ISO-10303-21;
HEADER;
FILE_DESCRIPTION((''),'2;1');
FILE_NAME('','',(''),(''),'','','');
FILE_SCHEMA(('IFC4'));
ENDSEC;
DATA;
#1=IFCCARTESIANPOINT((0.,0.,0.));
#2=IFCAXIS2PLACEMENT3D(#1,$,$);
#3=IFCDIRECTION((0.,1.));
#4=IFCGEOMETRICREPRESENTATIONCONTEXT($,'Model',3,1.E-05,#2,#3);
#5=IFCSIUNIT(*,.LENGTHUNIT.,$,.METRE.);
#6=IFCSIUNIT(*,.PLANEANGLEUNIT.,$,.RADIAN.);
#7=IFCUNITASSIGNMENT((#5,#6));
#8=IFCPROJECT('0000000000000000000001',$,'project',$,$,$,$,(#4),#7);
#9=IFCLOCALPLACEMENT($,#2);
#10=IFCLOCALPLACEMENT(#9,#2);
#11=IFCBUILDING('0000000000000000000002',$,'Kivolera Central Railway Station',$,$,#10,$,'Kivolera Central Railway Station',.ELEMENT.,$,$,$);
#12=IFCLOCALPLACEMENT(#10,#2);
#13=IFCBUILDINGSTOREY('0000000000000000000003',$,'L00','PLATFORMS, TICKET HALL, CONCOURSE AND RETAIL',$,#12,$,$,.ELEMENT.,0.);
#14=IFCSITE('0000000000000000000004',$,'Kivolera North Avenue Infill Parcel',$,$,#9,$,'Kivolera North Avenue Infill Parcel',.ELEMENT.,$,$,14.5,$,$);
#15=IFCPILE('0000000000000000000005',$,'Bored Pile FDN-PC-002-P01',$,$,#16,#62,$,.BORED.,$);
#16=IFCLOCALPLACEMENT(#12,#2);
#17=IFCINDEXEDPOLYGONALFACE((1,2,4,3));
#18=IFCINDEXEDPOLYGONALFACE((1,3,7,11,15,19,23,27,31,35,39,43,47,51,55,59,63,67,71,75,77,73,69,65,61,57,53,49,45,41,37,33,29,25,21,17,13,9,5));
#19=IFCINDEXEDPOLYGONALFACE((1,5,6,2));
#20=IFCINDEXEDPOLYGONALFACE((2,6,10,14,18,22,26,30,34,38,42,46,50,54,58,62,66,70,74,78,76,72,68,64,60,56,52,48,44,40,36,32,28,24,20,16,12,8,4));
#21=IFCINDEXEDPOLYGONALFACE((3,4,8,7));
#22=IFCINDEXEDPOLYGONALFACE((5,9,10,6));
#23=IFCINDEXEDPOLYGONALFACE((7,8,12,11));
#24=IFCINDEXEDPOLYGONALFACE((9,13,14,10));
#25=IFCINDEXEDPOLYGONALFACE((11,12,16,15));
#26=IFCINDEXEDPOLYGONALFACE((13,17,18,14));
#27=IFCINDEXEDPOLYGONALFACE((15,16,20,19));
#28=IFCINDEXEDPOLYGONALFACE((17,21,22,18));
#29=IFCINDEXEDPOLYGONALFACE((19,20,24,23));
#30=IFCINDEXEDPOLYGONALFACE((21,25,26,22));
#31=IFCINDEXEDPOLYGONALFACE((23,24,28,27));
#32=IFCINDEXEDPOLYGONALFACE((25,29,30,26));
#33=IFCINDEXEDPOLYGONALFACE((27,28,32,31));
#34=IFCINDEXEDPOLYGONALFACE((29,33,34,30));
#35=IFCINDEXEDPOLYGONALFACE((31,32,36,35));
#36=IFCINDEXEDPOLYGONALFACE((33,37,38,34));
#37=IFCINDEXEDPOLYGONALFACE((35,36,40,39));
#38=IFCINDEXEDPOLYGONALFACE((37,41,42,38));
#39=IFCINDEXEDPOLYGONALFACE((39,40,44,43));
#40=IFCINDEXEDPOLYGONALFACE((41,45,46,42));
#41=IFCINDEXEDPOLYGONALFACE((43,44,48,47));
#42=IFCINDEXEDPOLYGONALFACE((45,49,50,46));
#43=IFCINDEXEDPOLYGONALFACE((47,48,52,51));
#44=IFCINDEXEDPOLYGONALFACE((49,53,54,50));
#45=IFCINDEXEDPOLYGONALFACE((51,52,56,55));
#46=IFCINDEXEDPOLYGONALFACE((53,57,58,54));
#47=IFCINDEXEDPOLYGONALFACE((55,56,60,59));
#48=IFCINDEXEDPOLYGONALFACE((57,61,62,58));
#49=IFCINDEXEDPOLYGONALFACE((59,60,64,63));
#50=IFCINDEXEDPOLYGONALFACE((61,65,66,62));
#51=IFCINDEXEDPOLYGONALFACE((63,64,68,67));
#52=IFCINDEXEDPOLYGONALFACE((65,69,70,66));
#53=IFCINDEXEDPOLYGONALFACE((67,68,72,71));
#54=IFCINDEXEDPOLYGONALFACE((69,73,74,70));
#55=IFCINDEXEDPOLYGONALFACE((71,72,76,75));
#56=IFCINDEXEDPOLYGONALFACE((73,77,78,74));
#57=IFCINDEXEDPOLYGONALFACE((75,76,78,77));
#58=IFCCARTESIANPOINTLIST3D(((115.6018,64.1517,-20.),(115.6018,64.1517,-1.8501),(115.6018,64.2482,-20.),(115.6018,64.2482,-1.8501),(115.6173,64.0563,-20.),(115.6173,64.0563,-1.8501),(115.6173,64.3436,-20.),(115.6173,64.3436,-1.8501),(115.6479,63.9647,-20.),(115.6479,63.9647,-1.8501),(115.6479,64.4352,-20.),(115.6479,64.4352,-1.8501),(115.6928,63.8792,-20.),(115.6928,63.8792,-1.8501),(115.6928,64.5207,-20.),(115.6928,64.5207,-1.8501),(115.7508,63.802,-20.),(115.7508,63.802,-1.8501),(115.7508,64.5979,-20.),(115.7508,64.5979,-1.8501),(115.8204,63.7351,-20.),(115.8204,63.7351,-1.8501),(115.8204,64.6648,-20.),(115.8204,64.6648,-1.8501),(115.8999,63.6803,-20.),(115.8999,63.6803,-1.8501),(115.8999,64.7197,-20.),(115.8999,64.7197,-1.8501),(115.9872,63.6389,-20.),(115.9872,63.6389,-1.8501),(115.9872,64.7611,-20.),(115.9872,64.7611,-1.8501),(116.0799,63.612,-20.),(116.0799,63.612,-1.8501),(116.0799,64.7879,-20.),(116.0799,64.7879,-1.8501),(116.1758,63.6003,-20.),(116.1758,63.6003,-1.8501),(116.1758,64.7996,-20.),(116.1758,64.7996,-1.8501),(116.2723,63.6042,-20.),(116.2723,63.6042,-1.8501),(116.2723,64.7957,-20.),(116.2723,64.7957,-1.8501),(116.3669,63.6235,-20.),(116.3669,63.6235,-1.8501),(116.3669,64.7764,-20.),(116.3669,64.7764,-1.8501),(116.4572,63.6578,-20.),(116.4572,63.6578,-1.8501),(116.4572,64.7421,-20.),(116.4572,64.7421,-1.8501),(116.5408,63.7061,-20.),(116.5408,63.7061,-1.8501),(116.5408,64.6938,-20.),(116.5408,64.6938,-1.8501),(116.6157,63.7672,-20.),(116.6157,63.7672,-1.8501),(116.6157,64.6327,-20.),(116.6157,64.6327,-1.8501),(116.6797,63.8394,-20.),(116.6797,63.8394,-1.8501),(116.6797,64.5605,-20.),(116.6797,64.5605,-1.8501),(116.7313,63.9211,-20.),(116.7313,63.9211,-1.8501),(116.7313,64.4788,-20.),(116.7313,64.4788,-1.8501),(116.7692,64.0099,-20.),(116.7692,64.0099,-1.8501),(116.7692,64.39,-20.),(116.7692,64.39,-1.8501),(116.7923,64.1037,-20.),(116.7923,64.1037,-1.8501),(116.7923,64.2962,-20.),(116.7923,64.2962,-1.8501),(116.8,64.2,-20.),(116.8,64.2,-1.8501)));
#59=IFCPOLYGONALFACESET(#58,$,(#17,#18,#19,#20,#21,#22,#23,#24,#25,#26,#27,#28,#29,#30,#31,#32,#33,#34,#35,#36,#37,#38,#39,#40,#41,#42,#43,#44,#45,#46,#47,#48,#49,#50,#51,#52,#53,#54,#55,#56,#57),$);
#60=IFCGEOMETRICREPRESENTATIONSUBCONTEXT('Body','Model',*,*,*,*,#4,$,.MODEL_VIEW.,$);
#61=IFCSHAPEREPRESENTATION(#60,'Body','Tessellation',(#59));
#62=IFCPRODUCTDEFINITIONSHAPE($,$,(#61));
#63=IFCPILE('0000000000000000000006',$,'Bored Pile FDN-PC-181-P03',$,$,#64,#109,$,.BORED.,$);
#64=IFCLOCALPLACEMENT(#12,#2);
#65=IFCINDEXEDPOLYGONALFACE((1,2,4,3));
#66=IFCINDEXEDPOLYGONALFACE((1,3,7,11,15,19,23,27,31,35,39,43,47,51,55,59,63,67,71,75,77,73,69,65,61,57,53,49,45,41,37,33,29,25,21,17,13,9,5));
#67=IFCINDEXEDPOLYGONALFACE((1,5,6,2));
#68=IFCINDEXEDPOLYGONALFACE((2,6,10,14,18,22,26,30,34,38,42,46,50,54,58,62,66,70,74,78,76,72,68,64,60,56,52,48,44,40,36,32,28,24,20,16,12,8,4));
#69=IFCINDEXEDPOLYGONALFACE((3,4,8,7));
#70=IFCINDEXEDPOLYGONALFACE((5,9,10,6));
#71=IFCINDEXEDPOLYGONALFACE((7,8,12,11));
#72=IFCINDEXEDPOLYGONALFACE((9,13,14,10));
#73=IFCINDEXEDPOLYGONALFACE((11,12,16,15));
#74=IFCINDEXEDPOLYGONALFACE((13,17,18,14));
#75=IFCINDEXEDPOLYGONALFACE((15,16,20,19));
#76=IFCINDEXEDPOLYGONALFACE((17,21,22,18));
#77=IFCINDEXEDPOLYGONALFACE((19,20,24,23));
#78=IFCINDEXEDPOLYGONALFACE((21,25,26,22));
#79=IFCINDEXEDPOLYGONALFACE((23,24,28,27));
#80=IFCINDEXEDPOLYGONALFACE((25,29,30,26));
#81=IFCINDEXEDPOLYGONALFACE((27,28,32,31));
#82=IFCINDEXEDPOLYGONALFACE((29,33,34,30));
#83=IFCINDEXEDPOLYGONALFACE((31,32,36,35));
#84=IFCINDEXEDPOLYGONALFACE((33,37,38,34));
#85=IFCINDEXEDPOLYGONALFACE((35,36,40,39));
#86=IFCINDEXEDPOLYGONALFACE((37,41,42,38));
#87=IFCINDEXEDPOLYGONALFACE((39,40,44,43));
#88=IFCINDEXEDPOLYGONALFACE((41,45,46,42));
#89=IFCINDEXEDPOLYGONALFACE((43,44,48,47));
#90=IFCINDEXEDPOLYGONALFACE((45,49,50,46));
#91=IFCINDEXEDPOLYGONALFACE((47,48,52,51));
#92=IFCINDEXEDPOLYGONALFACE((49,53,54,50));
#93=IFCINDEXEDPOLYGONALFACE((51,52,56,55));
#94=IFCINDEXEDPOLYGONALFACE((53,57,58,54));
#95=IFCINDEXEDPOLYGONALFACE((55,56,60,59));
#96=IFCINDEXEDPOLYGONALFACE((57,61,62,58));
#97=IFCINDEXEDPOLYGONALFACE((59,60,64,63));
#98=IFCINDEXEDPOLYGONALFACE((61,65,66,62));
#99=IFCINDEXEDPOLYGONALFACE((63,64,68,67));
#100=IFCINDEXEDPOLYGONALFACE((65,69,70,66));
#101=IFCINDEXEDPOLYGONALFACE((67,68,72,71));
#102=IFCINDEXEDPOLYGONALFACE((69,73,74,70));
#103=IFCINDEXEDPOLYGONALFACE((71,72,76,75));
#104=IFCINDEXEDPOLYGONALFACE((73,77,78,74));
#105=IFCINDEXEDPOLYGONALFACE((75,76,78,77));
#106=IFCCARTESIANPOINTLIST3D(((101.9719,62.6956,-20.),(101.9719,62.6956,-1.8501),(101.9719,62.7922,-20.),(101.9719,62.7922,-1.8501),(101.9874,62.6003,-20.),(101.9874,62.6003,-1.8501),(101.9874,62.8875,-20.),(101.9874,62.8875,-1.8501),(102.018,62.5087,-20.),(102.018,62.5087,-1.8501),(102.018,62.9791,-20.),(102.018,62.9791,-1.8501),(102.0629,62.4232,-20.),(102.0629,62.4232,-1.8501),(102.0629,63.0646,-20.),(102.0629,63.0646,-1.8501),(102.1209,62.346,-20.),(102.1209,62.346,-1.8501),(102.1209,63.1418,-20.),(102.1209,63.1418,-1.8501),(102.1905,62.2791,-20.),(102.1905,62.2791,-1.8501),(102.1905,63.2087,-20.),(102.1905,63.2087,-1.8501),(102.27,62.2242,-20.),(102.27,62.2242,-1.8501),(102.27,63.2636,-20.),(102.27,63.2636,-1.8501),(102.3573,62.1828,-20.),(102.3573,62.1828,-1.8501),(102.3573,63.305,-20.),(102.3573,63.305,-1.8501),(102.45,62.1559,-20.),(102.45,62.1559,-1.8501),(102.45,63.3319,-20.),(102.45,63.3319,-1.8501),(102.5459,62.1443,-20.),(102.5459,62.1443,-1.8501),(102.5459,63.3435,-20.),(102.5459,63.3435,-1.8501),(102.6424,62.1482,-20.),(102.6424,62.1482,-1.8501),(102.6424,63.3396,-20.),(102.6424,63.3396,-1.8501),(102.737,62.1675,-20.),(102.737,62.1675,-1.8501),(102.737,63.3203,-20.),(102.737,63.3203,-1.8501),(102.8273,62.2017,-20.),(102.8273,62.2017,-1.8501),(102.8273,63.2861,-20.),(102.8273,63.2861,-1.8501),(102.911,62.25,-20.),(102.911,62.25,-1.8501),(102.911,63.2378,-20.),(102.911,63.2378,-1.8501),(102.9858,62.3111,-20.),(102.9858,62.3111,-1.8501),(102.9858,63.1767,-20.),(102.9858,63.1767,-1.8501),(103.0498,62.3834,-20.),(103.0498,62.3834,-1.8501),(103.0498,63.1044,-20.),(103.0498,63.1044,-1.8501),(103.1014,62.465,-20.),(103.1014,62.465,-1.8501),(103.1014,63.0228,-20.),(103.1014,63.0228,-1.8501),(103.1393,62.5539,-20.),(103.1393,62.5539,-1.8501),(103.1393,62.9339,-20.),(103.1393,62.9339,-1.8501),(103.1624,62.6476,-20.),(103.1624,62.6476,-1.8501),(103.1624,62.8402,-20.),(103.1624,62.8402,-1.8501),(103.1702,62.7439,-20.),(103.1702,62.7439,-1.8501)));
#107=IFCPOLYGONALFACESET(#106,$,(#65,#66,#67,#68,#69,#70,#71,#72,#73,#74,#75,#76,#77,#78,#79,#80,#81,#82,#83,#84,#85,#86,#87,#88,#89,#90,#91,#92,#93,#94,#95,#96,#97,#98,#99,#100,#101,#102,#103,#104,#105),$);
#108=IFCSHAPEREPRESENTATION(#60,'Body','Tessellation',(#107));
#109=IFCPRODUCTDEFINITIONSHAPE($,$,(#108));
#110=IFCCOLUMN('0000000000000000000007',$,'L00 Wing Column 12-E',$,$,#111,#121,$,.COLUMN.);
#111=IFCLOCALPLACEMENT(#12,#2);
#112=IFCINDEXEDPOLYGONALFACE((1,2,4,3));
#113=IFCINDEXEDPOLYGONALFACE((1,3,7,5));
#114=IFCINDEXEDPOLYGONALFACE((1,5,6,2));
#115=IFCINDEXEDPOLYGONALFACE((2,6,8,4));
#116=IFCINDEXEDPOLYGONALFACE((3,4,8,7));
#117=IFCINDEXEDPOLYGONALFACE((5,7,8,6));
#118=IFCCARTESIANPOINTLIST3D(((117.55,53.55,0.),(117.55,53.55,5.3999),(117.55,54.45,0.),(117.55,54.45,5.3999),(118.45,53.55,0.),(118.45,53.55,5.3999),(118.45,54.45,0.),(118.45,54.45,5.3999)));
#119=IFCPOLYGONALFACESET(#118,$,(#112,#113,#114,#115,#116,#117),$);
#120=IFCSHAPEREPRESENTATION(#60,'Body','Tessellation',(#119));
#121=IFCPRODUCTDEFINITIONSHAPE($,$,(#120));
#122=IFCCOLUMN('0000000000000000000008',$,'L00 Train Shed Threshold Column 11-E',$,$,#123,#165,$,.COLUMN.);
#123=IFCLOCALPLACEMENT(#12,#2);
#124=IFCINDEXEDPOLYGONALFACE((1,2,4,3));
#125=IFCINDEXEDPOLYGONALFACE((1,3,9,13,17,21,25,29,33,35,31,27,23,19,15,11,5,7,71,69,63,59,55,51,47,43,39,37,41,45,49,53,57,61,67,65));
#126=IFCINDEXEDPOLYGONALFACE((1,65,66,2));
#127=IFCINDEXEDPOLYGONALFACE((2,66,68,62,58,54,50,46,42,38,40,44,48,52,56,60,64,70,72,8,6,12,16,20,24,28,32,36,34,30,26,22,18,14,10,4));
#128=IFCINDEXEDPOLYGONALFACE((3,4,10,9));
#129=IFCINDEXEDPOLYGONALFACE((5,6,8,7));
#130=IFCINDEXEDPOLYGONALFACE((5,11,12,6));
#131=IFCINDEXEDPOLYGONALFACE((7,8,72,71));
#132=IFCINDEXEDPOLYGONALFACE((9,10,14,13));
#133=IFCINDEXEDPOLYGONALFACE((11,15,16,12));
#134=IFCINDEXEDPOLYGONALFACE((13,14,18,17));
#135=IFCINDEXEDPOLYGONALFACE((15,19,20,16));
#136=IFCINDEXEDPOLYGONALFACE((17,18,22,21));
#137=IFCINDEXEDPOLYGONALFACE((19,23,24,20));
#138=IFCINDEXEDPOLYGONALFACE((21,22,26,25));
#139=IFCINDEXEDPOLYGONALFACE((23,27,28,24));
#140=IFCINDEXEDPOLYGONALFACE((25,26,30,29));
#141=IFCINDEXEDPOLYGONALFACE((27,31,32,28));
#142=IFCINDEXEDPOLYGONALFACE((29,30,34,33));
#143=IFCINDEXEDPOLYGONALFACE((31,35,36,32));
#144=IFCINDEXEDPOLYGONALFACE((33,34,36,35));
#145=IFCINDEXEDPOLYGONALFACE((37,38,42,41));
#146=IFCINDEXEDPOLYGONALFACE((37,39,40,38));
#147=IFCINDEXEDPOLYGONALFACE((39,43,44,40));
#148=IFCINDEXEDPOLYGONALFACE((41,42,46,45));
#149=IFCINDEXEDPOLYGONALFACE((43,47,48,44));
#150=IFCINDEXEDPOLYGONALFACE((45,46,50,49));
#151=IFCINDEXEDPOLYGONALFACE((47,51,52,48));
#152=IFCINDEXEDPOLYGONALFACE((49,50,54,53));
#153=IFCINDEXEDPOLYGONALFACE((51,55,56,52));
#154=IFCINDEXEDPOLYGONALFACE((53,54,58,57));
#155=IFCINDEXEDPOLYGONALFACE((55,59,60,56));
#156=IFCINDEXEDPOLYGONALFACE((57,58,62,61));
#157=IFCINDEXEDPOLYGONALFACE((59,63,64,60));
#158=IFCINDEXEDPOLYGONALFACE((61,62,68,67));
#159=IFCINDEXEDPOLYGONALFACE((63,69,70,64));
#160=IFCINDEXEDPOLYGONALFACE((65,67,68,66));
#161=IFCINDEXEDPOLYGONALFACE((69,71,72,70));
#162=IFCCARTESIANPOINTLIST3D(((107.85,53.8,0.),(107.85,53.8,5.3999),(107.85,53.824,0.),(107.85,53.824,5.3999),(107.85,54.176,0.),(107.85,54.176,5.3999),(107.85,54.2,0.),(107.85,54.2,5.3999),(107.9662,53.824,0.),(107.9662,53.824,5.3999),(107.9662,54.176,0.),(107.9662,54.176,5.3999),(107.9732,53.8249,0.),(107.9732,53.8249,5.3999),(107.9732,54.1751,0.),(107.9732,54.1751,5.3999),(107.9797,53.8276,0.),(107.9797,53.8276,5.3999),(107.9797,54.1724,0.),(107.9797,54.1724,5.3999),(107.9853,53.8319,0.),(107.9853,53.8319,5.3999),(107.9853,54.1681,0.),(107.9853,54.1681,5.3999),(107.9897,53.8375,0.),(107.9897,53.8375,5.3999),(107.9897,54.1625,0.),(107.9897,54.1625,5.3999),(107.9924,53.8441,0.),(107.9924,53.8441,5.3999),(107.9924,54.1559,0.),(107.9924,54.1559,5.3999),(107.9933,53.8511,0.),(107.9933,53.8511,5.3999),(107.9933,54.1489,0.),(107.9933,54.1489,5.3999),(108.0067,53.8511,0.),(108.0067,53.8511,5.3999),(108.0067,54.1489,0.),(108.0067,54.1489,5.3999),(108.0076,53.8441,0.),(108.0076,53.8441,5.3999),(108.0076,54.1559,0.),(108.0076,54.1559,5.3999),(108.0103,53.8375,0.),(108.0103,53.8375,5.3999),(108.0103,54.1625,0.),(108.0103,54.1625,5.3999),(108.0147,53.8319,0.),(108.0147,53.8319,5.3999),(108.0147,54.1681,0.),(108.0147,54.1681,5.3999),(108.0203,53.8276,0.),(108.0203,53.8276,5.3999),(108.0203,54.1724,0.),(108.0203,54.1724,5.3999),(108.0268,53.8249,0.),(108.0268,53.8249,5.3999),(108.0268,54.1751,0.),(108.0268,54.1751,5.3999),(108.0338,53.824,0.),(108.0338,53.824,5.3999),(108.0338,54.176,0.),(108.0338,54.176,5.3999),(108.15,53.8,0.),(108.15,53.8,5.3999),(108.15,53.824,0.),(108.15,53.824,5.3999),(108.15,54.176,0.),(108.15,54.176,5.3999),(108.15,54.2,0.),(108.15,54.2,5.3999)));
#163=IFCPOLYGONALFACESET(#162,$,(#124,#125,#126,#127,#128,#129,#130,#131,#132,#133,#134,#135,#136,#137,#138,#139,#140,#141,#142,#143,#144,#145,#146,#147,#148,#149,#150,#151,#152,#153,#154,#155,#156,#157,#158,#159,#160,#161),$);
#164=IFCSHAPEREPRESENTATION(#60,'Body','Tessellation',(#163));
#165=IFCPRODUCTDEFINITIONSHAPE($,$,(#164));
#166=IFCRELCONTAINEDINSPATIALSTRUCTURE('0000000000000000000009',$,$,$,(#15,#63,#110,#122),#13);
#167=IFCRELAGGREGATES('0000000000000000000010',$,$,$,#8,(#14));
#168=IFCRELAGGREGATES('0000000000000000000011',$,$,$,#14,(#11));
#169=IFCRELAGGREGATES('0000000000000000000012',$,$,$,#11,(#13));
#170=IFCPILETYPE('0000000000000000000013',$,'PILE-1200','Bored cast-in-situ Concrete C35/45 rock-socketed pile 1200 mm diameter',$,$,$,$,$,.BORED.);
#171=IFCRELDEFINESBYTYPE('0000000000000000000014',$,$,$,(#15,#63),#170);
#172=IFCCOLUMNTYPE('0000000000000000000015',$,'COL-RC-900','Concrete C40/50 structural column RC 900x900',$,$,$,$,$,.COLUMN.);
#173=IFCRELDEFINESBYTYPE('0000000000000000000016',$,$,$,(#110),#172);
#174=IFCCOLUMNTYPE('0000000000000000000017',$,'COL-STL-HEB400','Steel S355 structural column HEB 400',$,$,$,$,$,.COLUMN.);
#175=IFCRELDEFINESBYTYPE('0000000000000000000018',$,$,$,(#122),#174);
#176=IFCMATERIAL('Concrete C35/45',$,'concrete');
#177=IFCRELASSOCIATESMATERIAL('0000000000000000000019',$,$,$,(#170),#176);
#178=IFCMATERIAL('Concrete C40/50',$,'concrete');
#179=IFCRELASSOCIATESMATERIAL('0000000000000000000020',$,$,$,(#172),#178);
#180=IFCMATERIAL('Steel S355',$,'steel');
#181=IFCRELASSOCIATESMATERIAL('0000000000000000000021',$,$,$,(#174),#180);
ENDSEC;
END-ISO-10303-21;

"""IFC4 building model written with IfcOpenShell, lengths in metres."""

from ifc_helpers import new_model, si_unit, direction, frame, origin, origin_2d, place, context, subcontext, project, spatial, rectangle, circle, i_section, extrude, material, material_profile, profile_set, type_object, element, save


model = new_model("IFC4")

# Units and contexts
model_context = context("Model", 3, precision=1e-05, world=origin(), true_north=direction((0.0, 1.0)))
body_context = subcontext(model_context, "Body", "Model", "MODEL_VIEW")
ifc_project = project(units=[si_unit("LENGTHUNIT", "METRE"), si_unit("PLANEANGLEUNIT", "RADIAN")], contexts=[model_context])

# Site, building, storey
site_placement = place(None, origin())
site = spatial("IfcSite", under=ifc_project, at=site_placement, Name="Kivolera North Avenue Infill Parcel", LongName="Kivolera North Avenue Infill Parcel", CompositionType="ELEMENT", RefElevation=14.5)
building_placement = place(site_placement, origin())
building = spatial("IfcBuilding", under=site, at=building_placement, Name="Kivolera Central Railway Station", LongName="Kivolera Central Railway Station", CompositionType="ELEMENT")
storey_placement = place(building_placement, origin())
storey = spatial("IfcBuildingStorey", under=building, at=storey_placement, Name="L00", Description="PLATFORMS, TICKET HALL, CONCOURSE AND RETAIL", CompositionType="ELEMENT", Elevation=0.0)

# Shared definitions
ifc_material_1 = material(Name="Concrete C35/45", Category="concrete")

# Piles
ifc_material_profile_1 = material_profile(ifc_material_1, circle(Radius=0.6001, at=origin_2d()), Name="PILE D1200")
ifc_profile_set_1 = profile_set([ifc_material_profile_1], Name="Concrete C35/45")
pile_type_1 = type_object("IfcPileType", Name="PILE-1200", Description="Bored cast-in-situ Concrete C35/45 rock-socketed pile 1200 mm diameter", PredefinedType="BORED", material=ifc_profile_set_1)
for number, where, z_axis, x_axis, name in (
    (1, (116.2, 64.2, -1.8501), (0.0, 0.0, -1.0), (1.0, 0.0, 0.0), "Bored Pile FDN-PC-002-P01"),
    (2, (102.5701, 62.7439, -1.8501), (0.0, 0.0, -1.0), (1.0, 0.0, 0.0), "Bored Pile FDN-PC-181-P03"),
):
    element("IfcPile", number, at=place(storey_placement, frame(where, z_axis=z_axis, x_axis=x_axis)), inside=storey, type_object=pile_type_1, Name=name, PredefinedType="BORED", context=body_context, shape_type="SweptSolid", body=[
        extrude(circle(Radius=0.6001, at=origin_2d()), origin(), (0.0, 0.0, 1.0), 18.1499),
    ])

# Columns
ifc_material_2 = material(Name="Concrete C40/50", Category="concrete")
ifc_material_profile_2 = material_profile(ifc_material_2, rectangle(XDim=0.8999, YDim=0.8999, at=origin_2d()), Name="RC 900x900")
ifc_profile_set_2 = profile_set([ifc_material_profile_2], Name="Concrete C40/50")
column_type_1 = type_object("IfcColumnType", Name="COL-RC-900", Description="Concrete C40/50 structural column RC 900x900", PredefinedType="COLUMN", material=ifc_profile_set_2)
column_1_placement = place(storey_placement, frame((118.0, 54.0, 0.0), z_axis=(0.0, 0.0, 1.0), x_axis=(1.0, 0.0, 0.0)))
element("IfcColumn", 3, at=column_1_placement, inside=storey, type_object=column_type_1, Name="L00 Wing Column 12-E", PredefinedType="COLUMN", context=body_context, shape_type="SweptSolid", body=[
    extrude(rectangle(XDim=0.8999, YDim=0.8999, at=origin_2d()), origin(), (0.0, 0.0, 1.0), 5.3999),
])
ifc_material_3 = material(Name="Steel S355", Category="steel")
ifc_material_profile_3 = material_profile(ifc_material_3, i_section(OverallWidth=0.3, OverallDepth=0.3999, WebThickness=0.0134, FlangeThickness=0.0239, FilletRadius=0.0271, at=origin_2d()), Name="HEB 400")
ifc_profile_set_3 = profile_set([ifc_material_profile_3], Name="Steel S355")
column_type_2 = type_object("IfcColumnType", Name="COL-STL-HEB400", Description="Steel S355 structural column HEB 400", PredefinedType="COLUMN", material=ifc_profile_set_3)
column_2_placement = place(storey_placement, frame((108.0, 54.0, 0.0), z_axis=(0.0, 0.0, 1.0), x_axis=(1.0, 0.0, 0.0)))
element("IfcColumn", 4, at=column_2_placement, inside=storey, type_object=column_type_2, Name="L00 Train Shed Threshold Column 11-E", PredefinedType="COLUMN", context=body_context, shape_type="SweptSolid", body=[
    extrude(i_section(OverallWidth=0.3, OverallDepth=0.3999, WebThickness=0.0134, FlangeThickness=0.0239, FilletRadius=0.0271, at=origin_2d()), origin(), (0.0, 0.0, 1.0), 5.3999),
])

save(model, "model.ifc")
